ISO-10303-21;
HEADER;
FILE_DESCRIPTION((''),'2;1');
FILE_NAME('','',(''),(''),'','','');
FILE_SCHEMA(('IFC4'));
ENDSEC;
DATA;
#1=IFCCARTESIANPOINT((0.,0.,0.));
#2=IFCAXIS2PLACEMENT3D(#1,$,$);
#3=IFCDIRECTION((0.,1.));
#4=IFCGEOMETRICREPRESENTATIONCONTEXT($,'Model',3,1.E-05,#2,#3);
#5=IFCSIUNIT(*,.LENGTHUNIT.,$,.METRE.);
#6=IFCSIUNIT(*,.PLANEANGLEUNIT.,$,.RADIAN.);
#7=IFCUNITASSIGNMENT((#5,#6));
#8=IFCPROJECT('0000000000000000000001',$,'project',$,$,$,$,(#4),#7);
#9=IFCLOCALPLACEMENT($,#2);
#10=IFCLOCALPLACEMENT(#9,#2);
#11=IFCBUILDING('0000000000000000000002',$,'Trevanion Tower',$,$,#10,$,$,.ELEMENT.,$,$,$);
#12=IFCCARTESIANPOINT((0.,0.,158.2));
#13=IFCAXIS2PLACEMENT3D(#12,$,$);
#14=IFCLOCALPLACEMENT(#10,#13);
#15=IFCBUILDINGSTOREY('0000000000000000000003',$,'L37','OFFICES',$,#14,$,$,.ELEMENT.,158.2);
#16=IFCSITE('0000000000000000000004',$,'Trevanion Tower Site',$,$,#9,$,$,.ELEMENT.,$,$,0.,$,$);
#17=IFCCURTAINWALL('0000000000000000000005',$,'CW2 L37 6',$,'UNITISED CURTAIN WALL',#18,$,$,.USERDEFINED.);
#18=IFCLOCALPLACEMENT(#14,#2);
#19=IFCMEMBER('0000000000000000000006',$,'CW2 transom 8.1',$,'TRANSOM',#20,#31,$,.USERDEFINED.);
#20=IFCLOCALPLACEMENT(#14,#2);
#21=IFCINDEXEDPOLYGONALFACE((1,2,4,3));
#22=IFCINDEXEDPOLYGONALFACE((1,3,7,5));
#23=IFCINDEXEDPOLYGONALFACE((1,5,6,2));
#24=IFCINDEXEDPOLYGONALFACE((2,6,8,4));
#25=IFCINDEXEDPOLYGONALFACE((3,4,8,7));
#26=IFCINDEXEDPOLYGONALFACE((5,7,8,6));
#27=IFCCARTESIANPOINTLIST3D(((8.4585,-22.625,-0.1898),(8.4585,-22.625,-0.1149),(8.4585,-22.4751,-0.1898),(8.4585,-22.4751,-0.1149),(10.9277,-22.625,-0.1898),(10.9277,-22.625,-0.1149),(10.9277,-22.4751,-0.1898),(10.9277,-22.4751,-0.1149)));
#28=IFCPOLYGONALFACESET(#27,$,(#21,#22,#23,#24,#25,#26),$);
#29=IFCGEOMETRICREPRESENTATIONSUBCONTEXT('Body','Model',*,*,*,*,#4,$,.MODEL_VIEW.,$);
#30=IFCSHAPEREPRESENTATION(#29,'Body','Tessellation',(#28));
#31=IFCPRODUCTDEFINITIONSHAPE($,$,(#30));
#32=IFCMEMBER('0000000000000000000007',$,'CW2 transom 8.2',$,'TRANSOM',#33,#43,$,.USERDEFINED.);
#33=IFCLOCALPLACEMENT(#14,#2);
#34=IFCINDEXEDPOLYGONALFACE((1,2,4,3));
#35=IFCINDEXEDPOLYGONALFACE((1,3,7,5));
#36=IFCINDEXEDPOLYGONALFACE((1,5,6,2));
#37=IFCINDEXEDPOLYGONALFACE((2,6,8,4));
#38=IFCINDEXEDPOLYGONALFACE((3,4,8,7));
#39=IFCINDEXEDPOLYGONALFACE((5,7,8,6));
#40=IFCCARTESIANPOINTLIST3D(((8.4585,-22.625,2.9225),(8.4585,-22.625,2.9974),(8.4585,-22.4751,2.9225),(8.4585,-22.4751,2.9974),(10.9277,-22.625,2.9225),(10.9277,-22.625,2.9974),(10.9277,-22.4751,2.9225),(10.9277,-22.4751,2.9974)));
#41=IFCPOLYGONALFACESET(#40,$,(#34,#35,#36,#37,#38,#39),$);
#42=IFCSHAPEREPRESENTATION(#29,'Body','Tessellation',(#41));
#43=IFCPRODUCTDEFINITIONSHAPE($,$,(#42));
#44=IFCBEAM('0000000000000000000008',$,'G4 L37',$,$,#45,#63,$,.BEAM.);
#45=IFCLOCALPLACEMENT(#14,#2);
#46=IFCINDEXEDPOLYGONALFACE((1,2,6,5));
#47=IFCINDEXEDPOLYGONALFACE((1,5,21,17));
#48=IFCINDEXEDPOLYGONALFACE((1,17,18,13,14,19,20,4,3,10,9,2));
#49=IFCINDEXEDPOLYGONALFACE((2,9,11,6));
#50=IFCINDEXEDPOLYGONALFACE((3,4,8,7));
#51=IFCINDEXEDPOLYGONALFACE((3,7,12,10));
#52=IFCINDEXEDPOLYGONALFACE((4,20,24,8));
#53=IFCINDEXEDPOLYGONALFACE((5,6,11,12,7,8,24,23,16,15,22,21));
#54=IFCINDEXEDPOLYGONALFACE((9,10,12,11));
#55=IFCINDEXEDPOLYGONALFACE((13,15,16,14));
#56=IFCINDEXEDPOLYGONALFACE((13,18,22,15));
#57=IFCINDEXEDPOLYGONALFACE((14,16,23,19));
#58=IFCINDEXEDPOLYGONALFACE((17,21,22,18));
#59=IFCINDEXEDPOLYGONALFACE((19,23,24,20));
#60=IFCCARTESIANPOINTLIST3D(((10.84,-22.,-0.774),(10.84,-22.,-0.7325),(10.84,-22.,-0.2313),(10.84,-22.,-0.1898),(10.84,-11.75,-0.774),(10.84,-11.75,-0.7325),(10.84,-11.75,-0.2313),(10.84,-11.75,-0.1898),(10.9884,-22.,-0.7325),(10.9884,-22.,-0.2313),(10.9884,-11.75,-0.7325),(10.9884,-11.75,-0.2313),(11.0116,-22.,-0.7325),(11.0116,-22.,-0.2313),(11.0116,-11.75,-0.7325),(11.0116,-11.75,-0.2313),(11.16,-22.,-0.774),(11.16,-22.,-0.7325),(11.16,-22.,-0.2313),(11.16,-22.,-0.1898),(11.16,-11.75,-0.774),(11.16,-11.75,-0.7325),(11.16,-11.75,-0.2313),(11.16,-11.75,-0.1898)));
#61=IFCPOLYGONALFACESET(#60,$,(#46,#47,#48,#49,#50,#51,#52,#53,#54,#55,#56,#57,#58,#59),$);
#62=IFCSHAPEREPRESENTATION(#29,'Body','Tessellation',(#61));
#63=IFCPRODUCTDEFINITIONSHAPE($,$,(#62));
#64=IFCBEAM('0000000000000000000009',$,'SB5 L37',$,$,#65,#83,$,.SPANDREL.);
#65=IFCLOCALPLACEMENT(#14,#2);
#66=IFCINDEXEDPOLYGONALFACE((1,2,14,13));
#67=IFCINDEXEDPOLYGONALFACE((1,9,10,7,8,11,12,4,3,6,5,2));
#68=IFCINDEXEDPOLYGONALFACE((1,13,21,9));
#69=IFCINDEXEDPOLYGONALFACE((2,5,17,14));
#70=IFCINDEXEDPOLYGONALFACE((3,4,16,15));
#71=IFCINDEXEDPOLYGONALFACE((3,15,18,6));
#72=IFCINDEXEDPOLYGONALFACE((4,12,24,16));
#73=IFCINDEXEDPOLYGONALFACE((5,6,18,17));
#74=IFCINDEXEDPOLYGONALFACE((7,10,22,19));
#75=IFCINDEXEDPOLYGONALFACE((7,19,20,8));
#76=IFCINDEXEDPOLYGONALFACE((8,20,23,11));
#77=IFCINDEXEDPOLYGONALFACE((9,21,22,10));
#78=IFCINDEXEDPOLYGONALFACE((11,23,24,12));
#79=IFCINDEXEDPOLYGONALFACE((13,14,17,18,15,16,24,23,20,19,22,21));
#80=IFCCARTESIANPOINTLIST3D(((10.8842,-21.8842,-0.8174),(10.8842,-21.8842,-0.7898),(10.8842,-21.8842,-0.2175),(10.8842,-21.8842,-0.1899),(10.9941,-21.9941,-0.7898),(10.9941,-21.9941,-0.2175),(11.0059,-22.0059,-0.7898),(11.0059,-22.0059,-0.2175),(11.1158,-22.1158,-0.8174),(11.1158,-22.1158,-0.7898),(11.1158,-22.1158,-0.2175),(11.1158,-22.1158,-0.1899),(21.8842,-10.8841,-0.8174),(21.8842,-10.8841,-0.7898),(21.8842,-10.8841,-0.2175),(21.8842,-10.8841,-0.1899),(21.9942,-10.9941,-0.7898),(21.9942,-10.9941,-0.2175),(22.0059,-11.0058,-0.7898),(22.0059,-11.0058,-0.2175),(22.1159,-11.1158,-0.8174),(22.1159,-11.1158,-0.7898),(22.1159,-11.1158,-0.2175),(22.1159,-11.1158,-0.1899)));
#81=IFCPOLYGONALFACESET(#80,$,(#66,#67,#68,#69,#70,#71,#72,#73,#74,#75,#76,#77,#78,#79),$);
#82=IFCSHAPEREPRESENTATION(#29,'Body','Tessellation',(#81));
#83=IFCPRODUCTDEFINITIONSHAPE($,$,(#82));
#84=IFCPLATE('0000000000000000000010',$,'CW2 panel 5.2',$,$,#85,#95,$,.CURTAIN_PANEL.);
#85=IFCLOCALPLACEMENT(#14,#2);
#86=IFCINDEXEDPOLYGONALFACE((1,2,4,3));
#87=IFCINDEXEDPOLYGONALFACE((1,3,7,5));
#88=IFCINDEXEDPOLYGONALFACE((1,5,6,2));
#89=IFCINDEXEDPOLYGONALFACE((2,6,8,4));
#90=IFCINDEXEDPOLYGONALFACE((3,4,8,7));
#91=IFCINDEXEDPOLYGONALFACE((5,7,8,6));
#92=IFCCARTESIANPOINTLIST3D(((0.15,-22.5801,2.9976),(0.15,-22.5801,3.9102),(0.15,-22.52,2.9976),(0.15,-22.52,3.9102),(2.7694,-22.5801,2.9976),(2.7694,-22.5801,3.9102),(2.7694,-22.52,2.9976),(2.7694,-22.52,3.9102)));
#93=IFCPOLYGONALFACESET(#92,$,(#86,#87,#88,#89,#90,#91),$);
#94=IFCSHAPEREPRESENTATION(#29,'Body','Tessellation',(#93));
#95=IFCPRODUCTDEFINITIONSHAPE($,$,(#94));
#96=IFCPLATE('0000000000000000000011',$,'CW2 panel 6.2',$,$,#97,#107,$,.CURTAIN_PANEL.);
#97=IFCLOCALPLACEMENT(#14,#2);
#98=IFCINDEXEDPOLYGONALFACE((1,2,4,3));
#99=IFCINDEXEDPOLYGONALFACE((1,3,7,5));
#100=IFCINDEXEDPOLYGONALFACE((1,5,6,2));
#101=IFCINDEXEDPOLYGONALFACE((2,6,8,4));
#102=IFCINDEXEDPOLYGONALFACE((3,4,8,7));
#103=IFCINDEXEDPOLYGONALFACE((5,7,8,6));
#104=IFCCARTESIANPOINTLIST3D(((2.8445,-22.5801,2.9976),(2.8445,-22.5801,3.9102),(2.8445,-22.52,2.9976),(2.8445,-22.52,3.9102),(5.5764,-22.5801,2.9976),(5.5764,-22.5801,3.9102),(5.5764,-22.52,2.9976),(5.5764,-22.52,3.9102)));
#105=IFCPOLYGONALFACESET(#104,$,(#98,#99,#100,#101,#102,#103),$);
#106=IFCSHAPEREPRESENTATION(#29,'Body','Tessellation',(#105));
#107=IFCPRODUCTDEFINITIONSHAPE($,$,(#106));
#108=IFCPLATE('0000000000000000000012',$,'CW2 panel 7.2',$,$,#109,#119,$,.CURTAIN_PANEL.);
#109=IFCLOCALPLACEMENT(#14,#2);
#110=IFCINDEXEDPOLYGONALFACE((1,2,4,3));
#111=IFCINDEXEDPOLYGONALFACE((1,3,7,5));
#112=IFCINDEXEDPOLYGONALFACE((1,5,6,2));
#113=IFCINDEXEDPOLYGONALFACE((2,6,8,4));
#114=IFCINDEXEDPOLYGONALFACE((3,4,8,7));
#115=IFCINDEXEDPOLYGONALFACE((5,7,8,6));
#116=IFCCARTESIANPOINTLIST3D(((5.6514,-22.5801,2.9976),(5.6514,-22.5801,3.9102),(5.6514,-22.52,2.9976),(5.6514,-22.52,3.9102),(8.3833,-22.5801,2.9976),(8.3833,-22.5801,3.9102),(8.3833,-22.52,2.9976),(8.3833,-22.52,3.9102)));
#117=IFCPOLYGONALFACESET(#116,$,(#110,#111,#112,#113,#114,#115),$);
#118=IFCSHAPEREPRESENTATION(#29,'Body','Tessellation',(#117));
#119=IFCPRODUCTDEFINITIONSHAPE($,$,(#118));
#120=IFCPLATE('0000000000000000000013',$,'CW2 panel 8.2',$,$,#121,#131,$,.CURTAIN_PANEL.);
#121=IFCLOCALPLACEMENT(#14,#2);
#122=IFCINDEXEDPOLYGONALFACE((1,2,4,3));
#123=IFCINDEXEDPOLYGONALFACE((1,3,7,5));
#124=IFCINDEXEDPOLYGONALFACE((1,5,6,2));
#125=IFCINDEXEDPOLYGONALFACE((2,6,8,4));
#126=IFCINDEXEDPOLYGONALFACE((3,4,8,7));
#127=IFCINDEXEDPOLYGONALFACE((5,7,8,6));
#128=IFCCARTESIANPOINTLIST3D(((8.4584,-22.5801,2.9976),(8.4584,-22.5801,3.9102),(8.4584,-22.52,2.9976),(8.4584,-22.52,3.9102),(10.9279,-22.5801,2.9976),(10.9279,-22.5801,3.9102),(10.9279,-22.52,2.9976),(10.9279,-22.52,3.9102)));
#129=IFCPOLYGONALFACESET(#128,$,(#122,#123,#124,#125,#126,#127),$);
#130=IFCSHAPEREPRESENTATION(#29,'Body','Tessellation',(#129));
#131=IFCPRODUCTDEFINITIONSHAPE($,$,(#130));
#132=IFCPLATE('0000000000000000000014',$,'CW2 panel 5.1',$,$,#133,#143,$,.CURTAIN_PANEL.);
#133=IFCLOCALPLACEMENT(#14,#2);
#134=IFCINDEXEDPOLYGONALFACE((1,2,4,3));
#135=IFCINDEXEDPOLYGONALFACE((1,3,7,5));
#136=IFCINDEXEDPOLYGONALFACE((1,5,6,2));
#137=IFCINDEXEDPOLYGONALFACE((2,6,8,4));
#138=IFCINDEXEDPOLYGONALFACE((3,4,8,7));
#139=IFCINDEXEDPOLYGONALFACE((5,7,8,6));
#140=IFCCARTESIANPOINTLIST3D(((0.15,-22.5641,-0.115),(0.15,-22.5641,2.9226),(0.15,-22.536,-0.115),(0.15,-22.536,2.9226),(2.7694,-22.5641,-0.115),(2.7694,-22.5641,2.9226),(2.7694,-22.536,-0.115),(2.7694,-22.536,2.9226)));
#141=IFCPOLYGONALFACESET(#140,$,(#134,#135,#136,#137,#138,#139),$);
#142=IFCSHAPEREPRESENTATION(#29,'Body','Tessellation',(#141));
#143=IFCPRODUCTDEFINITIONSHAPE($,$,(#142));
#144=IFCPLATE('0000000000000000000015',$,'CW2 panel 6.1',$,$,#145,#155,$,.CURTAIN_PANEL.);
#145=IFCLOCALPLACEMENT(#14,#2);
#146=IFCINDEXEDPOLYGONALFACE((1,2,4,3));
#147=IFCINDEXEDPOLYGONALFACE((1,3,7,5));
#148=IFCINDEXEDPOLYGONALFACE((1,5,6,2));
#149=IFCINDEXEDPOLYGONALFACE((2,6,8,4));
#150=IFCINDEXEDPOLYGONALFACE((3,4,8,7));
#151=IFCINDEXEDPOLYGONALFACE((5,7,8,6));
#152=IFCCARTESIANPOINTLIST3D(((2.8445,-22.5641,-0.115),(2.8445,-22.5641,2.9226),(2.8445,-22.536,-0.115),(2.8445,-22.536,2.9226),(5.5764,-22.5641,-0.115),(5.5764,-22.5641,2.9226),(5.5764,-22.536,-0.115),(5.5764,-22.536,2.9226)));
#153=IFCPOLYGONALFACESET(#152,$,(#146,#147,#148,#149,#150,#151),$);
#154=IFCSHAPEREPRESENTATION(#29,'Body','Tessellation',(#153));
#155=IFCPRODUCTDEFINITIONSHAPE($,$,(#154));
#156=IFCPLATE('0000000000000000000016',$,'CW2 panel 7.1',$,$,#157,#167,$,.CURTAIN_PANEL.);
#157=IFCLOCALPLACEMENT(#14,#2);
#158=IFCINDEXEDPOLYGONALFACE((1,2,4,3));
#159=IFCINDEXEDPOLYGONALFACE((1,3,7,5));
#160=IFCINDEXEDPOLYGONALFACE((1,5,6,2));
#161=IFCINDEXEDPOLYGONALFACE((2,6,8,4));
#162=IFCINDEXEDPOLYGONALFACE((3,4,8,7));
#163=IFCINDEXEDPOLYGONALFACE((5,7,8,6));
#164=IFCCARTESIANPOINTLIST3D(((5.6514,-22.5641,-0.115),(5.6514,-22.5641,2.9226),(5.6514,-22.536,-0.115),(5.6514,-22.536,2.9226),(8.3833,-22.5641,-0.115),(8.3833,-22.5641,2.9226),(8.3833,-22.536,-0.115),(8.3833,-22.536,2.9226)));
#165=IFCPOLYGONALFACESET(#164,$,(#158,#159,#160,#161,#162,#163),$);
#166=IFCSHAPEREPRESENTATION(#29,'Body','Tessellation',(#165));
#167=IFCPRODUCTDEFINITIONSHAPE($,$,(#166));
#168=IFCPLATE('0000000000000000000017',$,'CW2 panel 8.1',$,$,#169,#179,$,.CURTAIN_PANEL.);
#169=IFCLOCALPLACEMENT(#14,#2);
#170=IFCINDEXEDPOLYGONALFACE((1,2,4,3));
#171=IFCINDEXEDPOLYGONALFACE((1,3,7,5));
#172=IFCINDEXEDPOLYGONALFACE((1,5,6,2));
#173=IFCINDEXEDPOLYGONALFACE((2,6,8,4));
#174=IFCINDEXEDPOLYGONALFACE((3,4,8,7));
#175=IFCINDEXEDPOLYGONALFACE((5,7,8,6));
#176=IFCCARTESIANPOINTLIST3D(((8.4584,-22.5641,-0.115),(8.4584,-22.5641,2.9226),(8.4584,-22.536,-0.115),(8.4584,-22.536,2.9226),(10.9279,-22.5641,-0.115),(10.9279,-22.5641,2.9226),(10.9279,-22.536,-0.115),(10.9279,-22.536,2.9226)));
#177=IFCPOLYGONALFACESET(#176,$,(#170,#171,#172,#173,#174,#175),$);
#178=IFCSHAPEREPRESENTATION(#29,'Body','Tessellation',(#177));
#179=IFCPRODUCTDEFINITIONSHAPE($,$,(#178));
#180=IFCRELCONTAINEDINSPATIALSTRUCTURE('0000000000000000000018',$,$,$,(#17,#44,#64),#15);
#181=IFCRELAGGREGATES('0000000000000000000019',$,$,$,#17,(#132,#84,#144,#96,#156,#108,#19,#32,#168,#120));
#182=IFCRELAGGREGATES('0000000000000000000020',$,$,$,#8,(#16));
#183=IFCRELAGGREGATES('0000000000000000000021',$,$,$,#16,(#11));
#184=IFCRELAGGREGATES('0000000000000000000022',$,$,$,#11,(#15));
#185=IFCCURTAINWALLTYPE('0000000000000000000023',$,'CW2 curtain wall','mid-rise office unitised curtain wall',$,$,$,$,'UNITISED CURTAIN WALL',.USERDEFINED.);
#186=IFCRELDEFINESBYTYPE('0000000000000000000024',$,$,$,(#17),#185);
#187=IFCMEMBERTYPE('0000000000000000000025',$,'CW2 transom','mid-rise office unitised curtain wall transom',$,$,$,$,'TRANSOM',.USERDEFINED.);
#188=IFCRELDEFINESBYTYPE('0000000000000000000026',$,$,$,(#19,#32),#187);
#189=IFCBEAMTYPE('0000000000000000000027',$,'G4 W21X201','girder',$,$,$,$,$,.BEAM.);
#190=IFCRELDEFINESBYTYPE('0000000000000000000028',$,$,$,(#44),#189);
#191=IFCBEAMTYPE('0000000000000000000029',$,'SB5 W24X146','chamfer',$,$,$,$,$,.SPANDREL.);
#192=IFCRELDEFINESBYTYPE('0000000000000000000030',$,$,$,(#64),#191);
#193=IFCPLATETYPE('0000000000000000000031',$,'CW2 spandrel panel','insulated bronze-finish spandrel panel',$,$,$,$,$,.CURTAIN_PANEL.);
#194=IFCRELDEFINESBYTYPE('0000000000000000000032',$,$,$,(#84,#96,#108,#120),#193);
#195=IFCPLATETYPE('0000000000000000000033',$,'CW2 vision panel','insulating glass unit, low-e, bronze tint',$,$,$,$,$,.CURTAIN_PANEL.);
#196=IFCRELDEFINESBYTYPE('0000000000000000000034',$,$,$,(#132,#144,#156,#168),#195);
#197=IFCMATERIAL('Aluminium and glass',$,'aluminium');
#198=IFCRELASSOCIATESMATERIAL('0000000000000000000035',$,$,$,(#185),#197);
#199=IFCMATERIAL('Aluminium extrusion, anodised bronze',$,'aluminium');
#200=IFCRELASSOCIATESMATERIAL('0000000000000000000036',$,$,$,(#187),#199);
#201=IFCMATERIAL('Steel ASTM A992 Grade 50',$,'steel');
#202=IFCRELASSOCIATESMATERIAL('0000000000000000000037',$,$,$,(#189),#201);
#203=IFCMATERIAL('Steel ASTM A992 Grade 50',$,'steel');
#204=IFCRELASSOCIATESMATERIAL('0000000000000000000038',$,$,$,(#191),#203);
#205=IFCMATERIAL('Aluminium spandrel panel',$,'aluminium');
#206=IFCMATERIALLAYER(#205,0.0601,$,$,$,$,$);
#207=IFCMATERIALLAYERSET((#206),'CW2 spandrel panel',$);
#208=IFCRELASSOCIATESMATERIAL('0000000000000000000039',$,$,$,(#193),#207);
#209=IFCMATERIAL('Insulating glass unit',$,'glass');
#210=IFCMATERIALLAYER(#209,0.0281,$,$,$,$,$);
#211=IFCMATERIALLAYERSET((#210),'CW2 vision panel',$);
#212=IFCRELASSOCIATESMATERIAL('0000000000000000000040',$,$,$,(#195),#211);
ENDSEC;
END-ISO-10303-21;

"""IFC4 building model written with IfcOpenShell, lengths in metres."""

from ifc_helpers import new_model, si_unit, direction, frame, origin, origin_2d, place, context, subcontext, project, spatial, rectangle, i_section, extrude, material, layer, layer_set, material_profile, profile_set, type_object, element, aggregate, save


model = new_model("IFC4")

# Units and contexts
model_context = context("Model", 3, precision=1e-05, world=origin(), true_north=direction((0.0, 1.0)))
body_context = subcontext(model_context, "Body", "Model", "MODEL_VIEW")
ifc_project = project(units=[si_unit("LENGTHUNIT", "METRE"), si_unit("PLANEANGLEUNIT", "RADIAN")], contexts=[model_context])

# Site, building, storey
site_placement = place(None, origin())
site = spatial("IfcSite", under=ifc_project, at=site_placement, Name="Trevanion Tower Site", CompositionType="ELEMENT", RefElevation=0.0)
building_placement = place(site_placement, origin())
building = spatial("IfcBuilding", under=site, at=building_placement, Name="Trevanion Tower", CompositionType="ELEMENT")
storey_placement = place(building_placement, frame((0.0, 0.0, 158.2)))
storey = spatial("IfcBuildingStorey", under=building, at=storey_placement, Name="L37", Description="OFFICES", CompositionType="ELEMENT", Elevation=158.2)

# Curtain wall, members
ifc_material_1 = material(Name="Aluminium and glass", Category="aluminium")
curtain_wall_type = type_object("IfcCurtainWallType", Name="CW2 curtain wall", Description="mid-rise office unitised curtain wall", ElementType="UNITISED CURTAIN WALL", PredefinedType="USERDEFINED", material=ifc_material_1)
curtain_wall_placement = place(storey_placement, origin())
curtain_wall = element("IfcCurtainWall", 1, at=curtain_wall_placement, inside=storey, type_object=curtain_wall_type, Name="CW2 L37 6", ObjectType="UNITISED CURTAIN WALL", PredefinedType="USERDEFINED")
ifc_material_2 = material(Name="Aluminium extrusion, anodised bronze", Category="aluminium")
ifc_material_profile_1 = material_profile(ifc_material_2, rectangle(XDim=0.1499, YDim=0.075, at=origin_2d()), Name="CW2 transom")
ifc_profile_set_1 = profile_set([ifc_material_profile_1], Name="Aluminium extrusion, anodised bronze")
member_type_1 = type_object("IfcMemberType", Name="CW2 transom", Description="mid-rise office unitised curtain wall transom", ElementType="TRANSOM", PredefinedType="USERDEFINED", material=ifc_profile_set_1)
member_1_placement = place(storey_placement, frame((8.4585, -22.55, -0.1523), z_axis=(1.0, 0.0, 0.0), x_axis=(0.0, 1.0, 0.0)))
member_1 = element("IfcMember", 2, at=member_1_placement, type_object=member_type_1, Name="CW2 transom 8.1", ObjectType="TRANSOM", PredefinedType="USERDEFINED", context=body_context, shape_type="SweptSolid", body=[
    extrude(rectangle(XDim=0.1499, YDim=0.075, at=origin_2d()), origin(), (0.0, 0.0, 1.0), 2.4692),
])
member_2_placement = place(storey_placement, frame((8.4585, -22.55, 2.96), z_axis=(1.0, 0.0, 0.0), x_axis=(0.0, 1.0, 0.0)))
member_2 = element("IfcMember", 3, at=member_2_placement, type_object=member_type_1, Name="CW2 transom 8.2", ObjectType="TRANSOM", PredefinedType="USERDEFINED", context=body_context, shape_type="SweptSolid", body=[
    extrude(rectangle(XDim=0.1499, YDim=0.075, at=origin_2d()), origin(), (0.0, 0.0, 1.0), 2.4692),
])

# Beams
ifc_material_3 = material(Name="Steel ASTM A992 Grade 50", Category="steel")
ifc_material_profile_2 = material_profile(ifc_material_3, i_section(OverallWidth=0.3201, OverallDepth=0.5842, WebThickness=0.0232, FlangeThickness=0.0415, at=origin_2d()), Name="W21X201")
ifc_profile_set_2 = profile_set([ifc_material_profile_2], Name="Steel ASTM A992 Grade 50")
beam_type_1 = type_object("IfcBeamType", Name="G4 W21X201", Description="girder", PredefinedType="BEAM", material=ifc_profile_set_2)
beam_1_placement = place(storey_placement, frame((11.0, -11.75, -0.4819), z_axis=(0.0, -1.0, 0.0), x_axis=(1.0, 0.0, 0.0)))
element("IfcBeam", 4, at=beam_1_placement, inside=storey, type_object=beam_type_1, Name="G4 L37", PredefinedType="BEAM", context=body_context, shape_type="SweptSolid", body=[
    extrude(i_section(OverallWidth=0.3201, OverallDepth=0.5842, WebThickness=0.0232, FlangeThickness=0.0415, at=origin_2d()), origin(), (0.0, 0.0, 1.0), 10.25),
])
ifc_material_4 = material(Name="Steel ASTM A992 Grade 50", Category="steel")
ifc_material_profile_3 = material_profile(ifc_material_4, i_section(OverallWidth=0.3276, OverallDepth=0.6274, WebThickness=0.0166, FlangeThickness=0.0276, at=origin_2d()), Name="W24X146")
ifc_profile_set_3 = profile_set([ifc_material_profile_3], Name="Steel ASTM A992 Grade 50")
beam_type_2 = type_object("IfcBeamType", Name="SB5 W24X146", Description="chamfer", PredefinedType="SPANDREL", material=ifc_profile_set_3)
beam_2_placement = place(storey_placement, frame((11.0, -22.0, -0.5037), z_axis=(0.707107, 0.707107, 0.0), x_axis=(-0.707107, 0.707107, 0.0)))
element("IfcBeam", 5, at=beam_2_placement, inside=storey, type_object=beam_type_2, Name="SB5 L37", PredefinedType="SPANDREL", context=body_context, shape_type="SweptSolid", body=[
    extrude(i_section(OverallWidth=0.3276, OverallDepth=0.6274, WebThickness=0.0166, FlangeThickness=0.0276, at=origin_2d()), origin(), (0.0, 0.0, 1.0), 15.5564),
])

# Plates
ifc_material_5 = material(Name="Aluminium spandrel panel", Category="aluminium")
ifc_layer_1 = layer(ifc_material_5, 0.0601)
ifc_layer_set_1 = layer_set([ifc_layer_1], Name="CW2 spandrel panel")
plate_type_1 = type_object("IfcPlateType", Name="CW2 spandrel panel", Description="insulated bronze-finish spandrel panel", PredefinedType="CURTAIN_PANEL", material=ifc_layer_set_1)
plate_1_placement = place(storey_placement, frame((1.4597, -22.55, 2.9976), z_axis=(0.0, 0.0, 1.0), x_axis=(1.0, 0.0, 0.0)))
plate_1 = element("IfcPlate", 6, at=plate_1_placement, type_object=plate_type_1, Name="CW2 panel 5.2", PredefinedType="CURTAIN_PANEL", context=body_context, shape_type="SweptSolid", body=[
    extrude(rectangle(XDim=2.6194, YDim=0.0601, at=origin_2d()), origin(), (0.0, 0.0, 1.0), 0.9126),
])
plate_2_placement = place(storey_placement, frame((4.2104, -22.55, 2.9976), z_axis=(0.0, 0.0, 1.0), x_axis=(1.0, 0.0, 0.0)))
plate_2 = element("IfcPlate", 7, at=plate_2_placement, type_object=plate_type_1, Name="CW2 panel 6.2", PredefinedType="CURTAIN_PANEL", context=body_context, shape_type="SweptSolid", body=[
    extrude(rectangle(XDim=2.7319, YDim=0.0601, at=origin_2d()), origin(), (0.0, 0.0, 1.0), 0.9126),
])
plate_3_placement = place(storey_placement, frame((7.0173, -22.55, 2.9976), z_axis=(0.0, 0.0, 1.0), x_axis=(1.0, 0.0, 0.0)))
plate_3 = element("IfcPlate", 8, at=plate_3_placement, type_object=plate_type_1, Name="CW2 panel 7.2", PredefinedType="CURTAIN_PANEL", context=body_context, shape_type="SweptSolid", body=[
    extrude(rectangle(XDim=2.7319, YDim=0.0601, at=origin_2d()), origin(), (0.0, 0.0, 1.0), 0.9126),
])
plate_4_placement = place(storey_placement, frame((9.6931, -22.55, 2.9976), z_axis=(0.0, 0.0, 1.0), x_axis=(1.0, 0.0, 0.0)))
plate_4 = element("IfcPlate", 9, at=plate_4_placement, type_object=plate_type_1, Name="CW2 panel 8.2", PredefinedType="CURTAIN_PANEL", context=body_context, shape_type="SweptSolid", body=[
    extrude(rectangle(XDim=2.4695, YDim=0.0601, at=origin_2d()), origin(), (0.0, 0.0, 1.0), 0.9126),
])
ifc_material_6 = material(Name="Insulating glass unit", Category="glass")
ifc_layer_2 = layer(ifc_material_6, 0.0281)
ifc_layer_set_2 = layer_set([ifc_layer_2], Name="CW2 vision panel")
plate_type_2 = type_object("IfcPlateType", Name="CW2 vision panel", Description="insulating glass unit, low-e, bronze tint", PredefinedType="CURTAIN_PANEL", material=ifc_layer_set_2)
plate_5_placement = place(storey_placement, frame((1.4597, -22.55, -0.115), z_axis=(0.0, 0.0, 1.0), x_axis=(1.0, 0.0, 0.0)))
plate_5 = element("IfcPlate", 10, at=plate_5_placement, type_object=plate_type_2, Name="CW2 panel 5.1", PredefinedType="CURTAIN_PANEL", context=body_context, shape_type="SweptSolid", body=[
    extrude(rectangle(XDim=2.6194, YDim=0.0281, at=origin_2d()), origin(), (0.0, 0.0, 1.0), 3.0376),
])
plate_6_placement = place(storey_placement, frame((4.2104, -22.55, -0.115), z_axis=(0.0, 0.0, 1.0), x_axis=(1.0, 0.0, 0.0)))
plate_6 = element("IfcPlate", 11, at=plate_6_placement, type_object=plate_type_2, Name="CW2 panel 6.1", PredefinedType="CURTAIN_PANEL", context=body_context, shape_type="SweptSolid", body=[
    extrude(rectangle(XDim=2.7319, YDim=0.0281, at=origin_2d()), origin(), (0.0, 0.0, 1.0), 3.0376),
])
plate_7_placement = place(storey_placement, frame((7.0173, -22.55, -0.115), z_axis=(0.0, 0.0, 1.0), x_axis=(1.0, 0.0, 0.0)))
plate_7 = element("IfcPlate", 12, at=plate_7_placement, type_object=plate_type_2, Name="CW2 panel 7.1", PredefinedType="CURTAIN_PANEL", context=body_context, shape_type="SweptSolid", body=[
    extrude(rectangle(XDim=2.7319, YDim=0.0281, at=origin_2d()), origin(), (0.0, 0.0, 1.0), 3.0376),
])
plate_8_placement = place(storey_placement, frame((9.6931, -22.55, -0.115), z_axis=(0.0, 0.0, 1.0), x_axis=(1.0, 0.0, 0.0)))
plate_8 = element("IfcPlate", 13, at=plate_8_placement, type_object=plate_type_2, Name="CW2 panel 8.1", PredefinedType="CURTAIN_PANEL", context=body_context, shape_type="SweptSolid", body=[
    extrude(rectangle(XDim=2.4695, YDim=0.0281, at=origin_2d()), origin(), (0.0, 0.0, 1.0), 3.0376),
])
aggregate(curtain_wall, [plate_5, plate_1, plate_6, plate_2, plate_7, plate_3, member_1, member_2, plate_8, plate_4])

save(model, "model.ifc")
